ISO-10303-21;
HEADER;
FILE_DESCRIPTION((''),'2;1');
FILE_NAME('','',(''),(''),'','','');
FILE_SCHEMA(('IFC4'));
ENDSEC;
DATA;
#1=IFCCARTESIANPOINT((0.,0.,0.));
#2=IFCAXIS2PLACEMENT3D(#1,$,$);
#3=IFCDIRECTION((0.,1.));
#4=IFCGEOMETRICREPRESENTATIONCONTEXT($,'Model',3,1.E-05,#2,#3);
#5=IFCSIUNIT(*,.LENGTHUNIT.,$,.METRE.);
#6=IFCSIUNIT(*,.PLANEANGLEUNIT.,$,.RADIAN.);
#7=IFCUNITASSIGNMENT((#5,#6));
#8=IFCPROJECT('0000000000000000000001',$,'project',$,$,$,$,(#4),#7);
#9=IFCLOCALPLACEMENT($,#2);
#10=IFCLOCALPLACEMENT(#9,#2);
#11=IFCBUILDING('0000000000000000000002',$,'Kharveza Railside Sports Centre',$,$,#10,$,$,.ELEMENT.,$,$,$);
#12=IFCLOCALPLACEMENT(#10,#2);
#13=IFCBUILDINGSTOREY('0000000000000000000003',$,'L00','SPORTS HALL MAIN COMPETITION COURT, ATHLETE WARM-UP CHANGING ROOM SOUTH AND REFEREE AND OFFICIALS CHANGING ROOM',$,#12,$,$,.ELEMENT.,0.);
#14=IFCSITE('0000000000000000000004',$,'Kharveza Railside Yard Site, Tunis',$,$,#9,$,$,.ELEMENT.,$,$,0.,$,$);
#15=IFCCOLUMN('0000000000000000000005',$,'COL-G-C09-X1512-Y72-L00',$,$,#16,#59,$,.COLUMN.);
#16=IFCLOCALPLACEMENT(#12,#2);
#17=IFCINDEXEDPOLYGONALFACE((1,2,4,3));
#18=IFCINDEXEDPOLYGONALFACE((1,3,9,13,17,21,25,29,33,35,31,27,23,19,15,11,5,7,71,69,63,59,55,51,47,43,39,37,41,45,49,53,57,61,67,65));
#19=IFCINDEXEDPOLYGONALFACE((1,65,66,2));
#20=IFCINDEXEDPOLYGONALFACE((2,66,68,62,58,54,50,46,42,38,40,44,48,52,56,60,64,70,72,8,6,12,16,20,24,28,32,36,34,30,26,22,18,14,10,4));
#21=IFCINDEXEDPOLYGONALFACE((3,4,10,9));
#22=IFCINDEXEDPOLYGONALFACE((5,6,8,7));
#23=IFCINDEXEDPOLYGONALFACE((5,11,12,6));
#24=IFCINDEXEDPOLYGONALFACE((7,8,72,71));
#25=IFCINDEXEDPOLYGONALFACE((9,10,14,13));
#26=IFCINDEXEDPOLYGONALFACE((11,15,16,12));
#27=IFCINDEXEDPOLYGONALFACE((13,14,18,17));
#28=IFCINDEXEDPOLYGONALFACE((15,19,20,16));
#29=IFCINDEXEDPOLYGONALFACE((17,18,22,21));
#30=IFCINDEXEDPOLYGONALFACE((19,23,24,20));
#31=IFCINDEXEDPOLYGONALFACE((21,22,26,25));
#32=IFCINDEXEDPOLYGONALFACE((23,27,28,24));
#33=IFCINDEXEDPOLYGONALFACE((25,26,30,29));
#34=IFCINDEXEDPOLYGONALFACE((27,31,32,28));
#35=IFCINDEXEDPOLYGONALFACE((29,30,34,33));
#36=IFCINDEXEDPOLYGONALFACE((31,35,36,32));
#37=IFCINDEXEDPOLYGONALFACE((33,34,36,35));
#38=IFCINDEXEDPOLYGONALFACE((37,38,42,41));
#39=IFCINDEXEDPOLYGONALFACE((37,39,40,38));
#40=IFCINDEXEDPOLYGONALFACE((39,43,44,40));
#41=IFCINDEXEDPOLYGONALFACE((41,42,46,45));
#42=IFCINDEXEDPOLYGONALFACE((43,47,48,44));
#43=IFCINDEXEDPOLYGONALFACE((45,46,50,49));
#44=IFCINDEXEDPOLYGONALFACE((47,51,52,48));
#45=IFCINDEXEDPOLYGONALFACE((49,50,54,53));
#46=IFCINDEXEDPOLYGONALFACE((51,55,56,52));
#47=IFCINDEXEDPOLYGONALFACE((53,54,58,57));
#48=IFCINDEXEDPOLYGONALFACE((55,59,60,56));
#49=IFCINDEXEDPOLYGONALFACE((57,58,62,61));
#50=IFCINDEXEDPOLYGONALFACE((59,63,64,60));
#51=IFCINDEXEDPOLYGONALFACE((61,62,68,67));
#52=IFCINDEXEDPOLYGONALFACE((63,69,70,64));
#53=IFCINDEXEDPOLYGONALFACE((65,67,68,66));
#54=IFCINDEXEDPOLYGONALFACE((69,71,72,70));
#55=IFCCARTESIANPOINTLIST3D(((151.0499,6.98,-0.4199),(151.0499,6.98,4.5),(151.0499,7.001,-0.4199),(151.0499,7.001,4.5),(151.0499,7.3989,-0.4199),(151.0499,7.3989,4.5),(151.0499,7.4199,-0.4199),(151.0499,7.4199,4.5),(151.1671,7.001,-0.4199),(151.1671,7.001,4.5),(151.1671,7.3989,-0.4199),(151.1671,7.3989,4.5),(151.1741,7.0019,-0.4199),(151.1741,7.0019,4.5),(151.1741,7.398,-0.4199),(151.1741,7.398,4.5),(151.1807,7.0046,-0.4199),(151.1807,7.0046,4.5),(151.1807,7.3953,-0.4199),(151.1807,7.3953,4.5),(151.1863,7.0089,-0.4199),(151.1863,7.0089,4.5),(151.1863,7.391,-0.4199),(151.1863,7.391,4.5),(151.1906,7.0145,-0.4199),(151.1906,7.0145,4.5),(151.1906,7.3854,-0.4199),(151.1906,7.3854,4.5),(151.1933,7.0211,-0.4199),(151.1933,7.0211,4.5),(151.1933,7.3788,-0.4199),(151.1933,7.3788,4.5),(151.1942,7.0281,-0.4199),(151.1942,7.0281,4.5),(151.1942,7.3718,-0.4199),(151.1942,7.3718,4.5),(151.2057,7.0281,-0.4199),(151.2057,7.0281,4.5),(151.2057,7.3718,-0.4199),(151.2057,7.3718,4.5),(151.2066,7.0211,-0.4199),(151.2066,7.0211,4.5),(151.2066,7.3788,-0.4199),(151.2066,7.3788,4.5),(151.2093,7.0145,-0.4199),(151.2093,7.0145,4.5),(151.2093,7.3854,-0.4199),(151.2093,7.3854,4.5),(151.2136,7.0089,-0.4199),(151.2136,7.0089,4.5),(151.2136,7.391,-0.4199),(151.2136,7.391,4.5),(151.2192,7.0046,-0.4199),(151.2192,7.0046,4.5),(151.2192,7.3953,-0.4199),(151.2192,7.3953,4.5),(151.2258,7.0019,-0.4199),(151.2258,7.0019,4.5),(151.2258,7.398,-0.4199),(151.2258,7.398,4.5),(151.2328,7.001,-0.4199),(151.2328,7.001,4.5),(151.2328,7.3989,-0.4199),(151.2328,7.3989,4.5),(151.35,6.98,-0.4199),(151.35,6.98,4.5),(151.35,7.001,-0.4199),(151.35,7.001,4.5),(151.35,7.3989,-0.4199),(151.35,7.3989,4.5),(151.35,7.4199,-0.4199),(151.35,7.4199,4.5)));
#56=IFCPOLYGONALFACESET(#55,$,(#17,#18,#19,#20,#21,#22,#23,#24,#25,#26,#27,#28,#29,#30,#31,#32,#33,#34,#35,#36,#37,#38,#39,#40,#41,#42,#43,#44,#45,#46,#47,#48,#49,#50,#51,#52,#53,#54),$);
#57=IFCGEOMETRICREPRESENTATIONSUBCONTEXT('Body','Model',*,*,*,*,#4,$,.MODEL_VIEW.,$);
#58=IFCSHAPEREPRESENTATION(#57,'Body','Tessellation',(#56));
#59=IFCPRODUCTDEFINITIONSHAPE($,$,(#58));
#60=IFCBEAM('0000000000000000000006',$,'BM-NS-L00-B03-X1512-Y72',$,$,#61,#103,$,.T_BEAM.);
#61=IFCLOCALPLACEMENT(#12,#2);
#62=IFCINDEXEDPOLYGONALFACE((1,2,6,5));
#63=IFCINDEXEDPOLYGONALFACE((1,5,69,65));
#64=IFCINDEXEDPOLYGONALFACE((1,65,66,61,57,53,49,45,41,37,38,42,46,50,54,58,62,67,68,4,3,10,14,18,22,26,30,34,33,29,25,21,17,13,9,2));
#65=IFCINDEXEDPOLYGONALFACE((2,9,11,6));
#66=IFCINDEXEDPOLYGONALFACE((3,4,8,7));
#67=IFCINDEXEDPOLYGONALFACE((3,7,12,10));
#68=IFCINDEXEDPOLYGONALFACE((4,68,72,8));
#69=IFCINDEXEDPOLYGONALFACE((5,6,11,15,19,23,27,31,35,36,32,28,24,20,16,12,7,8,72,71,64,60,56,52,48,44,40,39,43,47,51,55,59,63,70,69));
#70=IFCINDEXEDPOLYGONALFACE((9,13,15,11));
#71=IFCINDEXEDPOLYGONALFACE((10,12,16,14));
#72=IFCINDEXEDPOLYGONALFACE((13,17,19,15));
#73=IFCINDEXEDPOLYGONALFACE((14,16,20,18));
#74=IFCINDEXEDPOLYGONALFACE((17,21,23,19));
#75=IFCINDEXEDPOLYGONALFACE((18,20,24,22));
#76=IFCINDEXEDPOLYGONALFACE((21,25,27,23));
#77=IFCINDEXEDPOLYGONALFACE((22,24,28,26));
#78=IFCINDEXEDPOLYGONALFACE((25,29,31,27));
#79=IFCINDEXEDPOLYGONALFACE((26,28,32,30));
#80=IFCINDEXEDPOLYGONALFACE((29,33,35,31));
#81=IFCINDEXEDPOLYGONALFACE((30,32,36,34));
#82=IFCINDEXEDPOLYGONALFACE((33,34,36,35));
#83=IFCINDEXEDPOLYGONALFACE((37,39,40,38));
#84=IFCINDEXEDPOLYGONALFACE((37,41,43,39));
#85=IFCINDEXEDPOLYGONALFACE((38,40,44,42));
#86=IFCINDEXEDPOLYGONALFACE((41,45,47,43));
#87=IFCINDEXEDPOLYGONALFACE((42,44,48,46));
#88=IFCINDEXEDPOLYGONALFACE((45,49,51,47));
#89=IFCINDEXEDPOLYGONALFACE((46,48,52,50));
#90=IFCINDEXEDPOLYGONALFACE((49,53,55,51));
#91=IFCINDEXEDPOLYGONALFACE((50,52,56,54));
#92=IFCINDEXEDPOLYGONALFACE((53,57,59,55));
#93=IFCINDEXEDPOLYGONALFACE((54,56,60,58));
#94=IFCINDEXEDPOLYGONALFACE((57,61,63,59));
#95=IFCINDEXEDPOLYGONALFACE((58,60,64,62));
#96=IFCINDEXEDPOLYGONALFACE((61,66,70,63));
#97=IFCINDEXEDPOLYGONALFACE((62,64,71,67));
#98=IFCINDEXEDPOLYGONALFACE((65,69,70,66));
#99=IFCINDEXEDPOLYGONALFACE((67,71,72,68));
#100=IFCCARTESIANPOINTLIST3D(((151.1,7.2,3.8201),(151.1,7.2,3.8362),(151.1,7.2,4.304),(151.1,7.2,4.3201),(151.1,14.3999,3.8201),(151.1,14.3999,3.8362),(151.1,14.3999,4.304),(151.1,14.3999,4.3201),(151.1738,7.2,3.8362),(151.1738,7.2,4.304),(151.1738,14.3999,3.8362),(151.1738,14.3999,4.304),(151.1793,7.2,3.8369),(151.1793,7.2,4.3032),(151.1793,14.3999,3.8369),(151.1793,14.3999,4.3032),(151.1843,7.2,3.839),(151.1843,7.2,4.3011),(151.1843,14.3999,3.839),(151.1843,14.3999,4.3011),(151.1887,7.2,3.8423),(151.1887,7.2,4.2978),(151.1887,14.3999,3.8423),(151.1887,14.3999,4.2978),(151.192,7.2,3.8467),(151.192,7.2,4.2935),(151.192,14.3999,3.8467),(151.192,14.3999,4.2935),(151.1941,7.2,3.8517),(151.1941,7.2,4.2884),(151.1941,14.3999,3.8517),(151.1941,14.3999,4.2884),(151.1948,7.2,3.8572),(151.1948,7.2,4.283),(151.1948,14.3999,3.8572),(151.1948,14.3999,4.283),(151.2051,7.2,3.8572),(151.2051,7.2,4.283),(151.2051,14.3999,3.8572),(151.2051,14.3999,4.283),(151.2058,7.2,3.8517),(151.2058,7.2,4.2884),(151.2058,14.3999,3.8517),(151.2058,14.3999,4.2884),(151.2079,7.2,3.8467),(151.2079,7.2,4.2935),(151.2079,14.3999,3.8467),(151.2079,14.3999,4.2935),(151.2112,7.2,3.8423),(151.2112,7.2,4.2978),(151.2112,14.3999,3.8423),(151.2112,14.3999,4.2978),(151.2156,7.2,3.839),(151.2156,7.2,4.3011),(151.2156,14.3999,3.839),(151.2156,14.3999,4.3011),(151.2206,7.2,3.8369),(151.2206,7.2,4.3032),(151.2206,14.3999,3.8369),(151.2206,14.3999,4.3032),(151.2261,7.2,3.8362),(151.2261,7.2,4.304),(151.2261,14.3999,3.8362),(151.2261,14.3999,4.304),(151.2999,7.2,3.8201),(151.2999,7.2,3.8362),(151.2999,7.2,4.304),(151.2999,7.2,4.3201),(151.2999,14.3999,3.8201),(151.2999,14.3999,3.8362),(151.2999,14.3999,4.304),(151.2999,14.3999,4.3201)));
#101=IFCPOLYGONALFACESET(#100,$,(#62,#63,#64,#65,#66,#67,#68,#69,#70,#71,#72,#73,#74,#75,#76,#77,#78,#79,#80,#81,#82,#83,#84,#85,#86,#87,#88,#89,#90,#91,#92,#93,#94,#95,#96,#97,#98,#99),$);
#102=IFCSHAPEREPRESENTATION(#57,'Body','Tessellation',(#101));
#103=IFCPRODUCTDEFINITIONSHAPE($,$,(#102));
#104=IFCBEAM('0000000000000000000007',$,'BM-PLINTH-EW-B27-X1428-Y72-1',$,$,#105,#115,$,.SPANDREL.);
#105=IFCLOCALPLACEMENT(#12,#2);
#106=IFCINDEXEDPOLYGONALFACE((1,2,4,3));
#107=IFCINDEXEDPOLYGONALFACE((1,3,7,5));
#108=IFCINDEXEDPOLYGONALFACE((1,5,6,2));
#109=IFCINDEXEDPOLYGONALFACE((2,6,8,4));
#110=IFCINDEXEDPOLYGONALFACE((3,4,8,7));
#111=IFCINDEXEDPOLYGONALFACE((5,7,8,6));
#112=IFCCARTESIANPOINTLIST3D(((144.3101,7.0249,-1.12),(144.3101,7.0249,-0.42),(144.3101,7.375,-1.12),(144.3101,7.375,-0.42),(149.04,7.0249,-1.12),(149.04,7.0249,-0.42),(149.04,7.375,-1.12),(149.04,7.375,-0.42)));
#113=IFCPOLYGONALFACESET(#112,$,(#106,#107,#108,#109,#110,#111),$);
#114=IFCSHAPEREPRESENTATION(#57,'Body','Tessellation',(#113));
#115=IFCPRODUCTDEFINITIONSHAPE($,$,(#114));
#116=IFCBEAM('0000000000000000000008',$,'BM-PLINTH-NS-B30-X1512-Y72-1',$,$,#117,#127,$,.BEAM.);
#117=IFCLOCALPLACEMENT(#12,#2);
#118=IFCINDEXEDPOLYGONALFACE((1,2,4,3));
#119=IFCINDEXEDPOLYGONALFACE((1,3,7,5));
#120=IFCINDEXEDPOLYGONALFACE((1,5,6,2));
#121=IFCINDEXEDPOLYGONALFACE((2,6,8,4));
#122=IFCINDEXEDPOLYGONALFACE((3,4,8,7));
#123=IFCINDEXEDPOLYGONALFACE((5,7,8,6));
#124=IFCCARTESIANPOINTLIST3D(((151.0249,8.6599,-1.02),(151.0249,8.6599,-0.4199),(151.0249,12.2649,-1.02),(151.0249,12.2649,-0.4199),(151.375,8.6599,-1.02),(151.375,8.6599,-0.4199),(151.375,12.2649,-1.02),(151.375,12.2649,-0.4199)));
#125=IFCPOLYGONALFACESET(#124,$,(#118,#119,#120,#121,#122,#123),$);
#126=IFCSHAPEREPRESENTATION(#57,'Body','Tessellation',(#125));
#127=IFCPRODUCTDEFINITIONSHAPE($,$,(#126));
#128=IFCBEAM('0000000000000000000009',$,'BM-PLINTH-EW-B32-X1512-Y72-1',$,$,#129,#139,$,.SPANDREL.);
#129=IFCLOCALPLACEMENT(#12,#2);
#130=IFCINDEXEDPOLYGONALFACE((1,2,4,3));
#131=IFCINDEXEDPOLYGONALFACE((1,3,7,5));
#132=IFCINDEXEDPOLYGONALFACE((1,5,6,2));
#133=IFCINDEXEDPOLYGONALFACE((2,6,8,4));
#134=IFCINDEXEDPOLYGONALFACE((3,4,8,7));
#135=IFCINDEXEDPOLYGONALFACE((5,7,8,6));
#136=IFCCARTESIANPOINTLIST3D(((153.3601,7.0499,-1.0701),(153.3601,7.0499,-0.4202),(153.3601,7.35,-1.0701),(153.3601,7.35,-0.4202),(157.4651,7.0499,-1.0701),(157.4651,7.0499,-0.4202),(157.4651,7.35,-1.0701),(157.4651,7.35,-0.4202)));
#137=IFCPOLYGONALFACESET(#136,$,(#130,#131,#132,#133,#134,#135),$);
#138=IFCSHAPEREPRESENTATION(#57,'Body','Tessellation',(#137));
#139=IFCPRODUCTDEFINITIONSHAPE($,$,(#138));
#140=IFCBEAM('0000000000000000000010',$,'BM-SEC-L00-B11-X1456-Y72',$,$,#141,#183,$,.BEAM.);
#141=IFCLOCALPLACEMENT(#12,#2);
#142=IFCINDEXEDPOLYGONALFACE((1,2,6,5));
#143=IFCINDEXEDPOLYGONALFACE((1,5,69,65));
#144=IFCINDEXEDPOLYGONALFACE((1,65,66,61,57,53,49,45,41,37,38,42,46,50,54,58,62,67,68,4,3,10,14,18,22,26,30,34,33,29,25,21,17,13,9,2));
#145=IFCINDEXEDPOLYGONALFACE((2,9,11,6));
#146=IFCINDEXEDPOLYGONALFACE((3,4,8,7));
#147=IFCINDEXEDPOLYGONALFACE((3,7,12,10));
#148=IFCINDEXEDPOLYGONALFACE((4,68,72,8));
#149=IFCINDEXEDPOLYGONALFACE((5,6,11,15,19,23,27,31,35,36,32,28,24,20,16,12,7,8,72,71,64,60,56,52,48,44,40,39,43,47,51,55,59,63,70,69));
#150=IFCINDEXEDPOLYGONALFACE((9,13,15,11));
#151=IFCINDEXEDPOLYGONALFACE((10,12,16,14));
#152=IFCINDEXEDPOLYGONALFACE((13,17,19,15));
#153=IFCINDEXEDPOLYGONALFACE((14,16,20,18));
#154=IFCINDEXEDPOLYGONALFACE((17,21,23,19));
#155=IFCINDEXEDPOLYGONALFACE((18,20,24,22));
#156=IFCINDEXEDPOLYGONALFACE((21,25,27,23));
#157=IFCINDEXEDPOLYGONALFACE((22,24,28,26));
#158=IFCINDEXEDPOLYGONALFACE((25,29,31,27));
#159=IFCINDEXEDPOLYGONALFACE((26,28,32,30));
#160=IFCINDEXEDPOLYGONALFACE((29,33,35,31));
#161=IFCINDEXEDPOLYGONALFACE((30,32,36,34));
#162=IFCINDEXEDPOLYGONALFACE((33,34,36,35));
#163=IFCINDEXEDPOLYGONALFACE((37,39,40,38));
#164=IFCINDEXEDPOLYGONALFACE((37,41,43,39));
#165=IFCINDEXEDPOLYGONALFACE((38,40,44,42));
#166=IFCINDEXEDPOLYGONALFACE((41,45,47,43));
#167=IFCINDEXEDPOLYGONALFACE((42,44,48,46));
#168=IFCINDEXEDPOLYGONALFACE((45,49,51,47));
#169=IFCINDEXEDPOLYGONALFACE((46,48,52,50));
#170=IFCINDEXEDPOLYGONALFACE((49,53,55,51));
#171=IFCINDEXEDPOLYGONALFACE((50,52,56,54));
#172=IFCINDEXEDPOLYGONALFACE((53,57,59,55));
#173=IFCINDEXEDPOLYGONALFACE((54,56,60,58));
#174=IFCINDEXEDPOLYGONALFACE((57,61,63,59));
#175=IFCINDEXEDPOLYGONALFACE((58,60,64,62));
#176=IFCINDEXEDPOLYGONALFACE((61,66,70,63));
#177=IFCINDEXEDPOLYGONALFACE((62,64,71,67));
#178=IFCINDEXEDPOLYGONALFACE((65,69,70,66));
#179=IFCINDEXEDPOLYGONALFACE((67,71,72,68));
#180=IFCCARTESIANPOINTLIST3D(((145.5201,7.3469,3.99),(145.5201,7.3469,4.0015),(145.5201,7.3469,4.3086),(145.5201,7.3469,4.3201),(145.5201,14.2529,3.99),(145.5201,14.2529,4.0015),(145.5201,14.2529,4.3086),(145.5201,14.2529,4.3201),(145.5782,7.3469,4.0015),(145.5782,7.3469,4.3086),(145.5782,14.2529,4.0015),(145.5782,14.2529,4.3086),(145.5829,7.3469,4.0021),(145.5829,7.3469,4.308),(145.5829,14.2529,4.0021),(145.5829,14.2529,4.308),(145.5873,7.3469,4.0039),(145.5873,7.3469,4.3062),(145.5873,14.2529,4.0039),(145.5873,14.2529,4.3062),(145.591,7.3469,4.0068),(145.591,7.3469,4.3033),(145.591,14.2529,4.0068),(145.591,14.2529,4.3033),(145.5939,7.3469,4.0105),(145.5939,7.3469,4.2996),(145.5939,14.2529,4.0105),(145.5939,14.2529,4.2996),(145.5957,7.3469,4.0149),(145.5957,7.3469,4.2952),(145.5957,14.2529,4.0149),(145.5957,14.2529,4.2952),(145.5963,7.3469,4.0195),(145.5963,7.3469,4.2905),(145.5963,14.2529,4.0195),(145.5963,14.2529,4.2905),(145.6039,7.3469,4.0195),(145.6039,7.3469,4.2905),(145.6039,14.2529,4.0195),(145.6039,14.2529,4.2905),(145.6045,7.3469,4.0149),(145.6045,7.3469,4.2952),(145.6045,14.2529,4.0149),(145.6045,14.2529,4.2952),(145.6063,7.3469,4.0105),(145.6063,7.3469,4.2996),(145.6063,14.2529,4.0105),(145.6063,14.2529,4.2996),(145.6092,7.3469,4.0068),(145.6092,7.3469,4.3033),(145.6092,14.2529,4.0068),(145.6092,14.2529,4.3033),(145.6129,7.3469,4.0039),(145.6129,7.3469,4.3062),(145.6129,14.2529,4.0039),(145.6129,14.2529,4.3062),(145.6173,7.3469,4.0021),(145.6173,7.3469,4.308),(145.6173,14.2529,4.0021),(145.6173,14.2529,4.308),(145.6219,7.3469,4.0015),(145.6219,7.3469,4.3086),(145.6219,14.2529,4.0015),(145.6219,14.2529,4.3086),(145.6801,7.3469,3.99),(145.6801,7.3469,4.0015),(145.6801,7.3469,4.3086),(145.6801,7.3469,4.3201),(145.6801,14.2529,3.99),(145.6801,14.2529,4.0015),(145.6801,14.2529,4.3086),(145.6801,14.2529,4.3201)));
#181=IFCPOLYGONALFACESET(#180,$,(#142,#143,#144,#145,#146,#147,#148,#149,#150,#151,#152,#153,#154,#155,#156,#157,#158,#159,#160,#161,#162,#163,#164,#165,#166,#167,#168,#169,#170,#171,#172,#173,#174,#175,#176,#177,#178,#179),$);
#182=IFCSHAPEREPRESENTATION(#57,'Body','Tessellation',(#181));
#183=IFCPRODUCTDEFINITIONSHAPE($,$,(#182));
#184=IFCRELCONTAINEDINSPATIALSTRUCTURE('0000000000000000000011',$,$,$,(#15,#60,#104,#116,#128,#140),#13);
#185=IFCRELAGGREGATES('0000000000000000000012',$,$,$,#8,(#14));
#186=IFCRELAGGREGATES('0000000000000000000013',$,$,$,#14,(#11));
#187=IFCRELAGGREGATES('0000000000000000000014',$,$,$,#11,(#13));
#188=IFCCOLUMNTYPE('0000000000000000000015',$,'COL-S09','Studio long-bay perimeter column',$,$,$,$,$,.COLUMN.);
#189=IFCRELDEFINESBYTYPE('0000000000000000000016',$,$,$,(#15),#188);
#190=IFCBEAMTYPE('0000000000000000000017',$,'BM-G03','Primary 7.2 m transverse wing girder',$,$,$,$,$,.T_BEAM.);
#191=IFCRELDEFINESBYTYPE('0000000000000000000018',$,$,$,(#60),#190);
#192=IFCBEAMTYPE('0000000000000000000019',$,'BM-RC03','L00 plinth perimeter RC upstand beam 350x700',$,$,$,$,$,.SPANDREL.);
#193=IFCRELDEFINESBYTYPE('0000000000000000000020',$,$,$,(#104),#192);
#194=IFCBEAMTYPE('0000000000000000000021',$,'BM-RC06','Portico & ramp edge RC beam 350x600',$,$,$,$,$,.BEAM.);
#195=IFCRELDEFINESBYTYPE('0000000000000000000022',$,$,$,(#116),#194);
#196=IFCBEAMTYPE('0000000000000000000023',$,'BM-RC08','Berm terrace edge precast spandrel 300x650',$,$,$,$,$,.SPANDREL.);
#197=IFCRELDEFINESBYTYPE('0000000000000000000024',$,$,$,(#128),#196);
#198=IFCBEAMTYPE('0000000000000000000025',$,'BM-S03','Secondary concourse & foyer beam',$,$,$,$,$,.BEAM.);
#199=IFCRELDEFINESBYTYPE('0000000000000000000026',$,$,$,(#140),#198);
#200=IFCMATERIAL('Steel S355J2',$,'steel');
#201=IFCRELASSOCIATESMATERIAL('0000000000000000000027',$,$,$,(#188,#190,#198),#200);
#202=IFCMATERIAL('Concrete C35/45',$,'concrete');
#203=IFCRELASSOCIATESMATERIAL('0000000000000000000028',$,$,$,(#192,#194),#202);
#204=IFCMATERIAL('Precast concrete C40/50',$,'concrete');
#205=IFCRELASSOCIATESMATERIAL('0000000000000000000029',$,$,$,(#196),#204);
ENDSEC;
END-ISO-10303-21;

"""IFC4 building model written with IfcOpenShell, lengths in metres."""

from ifc_helpers import new_model, si_unit, direction, frame, origin, origin_2d, place, context, subcontext, project, spatial, rectangle, i_section, extrude, material, material_profile, profile_set, type_object, element, save


model = new_model("IFC4")

# Units and contexts
model_context = context("Model", 3, precision=1e-05, world=origin(), true_north=direction((0.0, 1.0)))
body_context = subcontext(model_context, "Body", "Model", "MODEL_VIEW")
ifc_project = project(units=[si_unit("LENGTHUNIT", "METRE"), si_unit("PLANEANGLEUNIT", "RADIAN")], contexts=[model_context])

# Site, building, storey
site_placement = place(None, origin())
site = spatial("IfcSite", under=ifc_project, at=site_placement, Name="Kharveza Railside Yard Site, Tunis", CompositionType="ELEMENT", RefElevation=0.0)
building_placement = place(site_placement, origin())
building = spatial("IfcBuilding", under=site, at=building_placement, Name="Kharveza Railside Sports Centre", CompositionType="ELEMENT")
storey_placement = place(building_placement, origin())
storey = spatial("IfcBuildingStorey", under=building, at=storey_placement, Name="L00", Description="SPORTS HALL MAIN COMPETITION COURT, ATHLETE WARM-UP CHANGING ROOM SOUTH AND REFEREE AND OFFICIALS CHANGING ROOM", CompositionType="ELEMENT", Elevation=0.0)

# Shared definitions
ifc_material_1 = material(Name="Concrete C35/45", Category="concrete")

# Column
ifc_material_2 = material(Name="Steel S355J2", Category="steel")
ifc_material_profile_1 = material_profile(ifc_material_2, i_section(OverallWidth=0.3, OverallDepth=0.4399, WebThickness=0.0115, FlangeThickness=0.021, FilletRadius=0.0271, at=origin_2d()), Name="HEA 450")
ifc_profile_set_1 = profile_set([ifc_material_profile_1], Name="Steel S355J2")
column_type = type_object("IfcColumnType", Name="COL-S09", Description="Studio long-bay perimeter column", PredefinedType="COLUMN", material=ifc_profile_set_1)
column_placement = place(storey_placement, frame((151.2, 7.2, -0.4199), z_axis=(0.0, 0.0, 1.0), x_axis=(1.0, 0.0, 0.0)))
element("IfcColumn", 1, at=column_placement, inside=storey, type_object=column_type, Name="COL-G-C09-X1512-Y72-L00", PredefinedType="COLUMN", context=body_context, shape_type="SweptSolid", body=[
    extrude(i_section(OverallWidth=0.3, OverallDepth=0.4399, WebThickness=0.0115, FlangeThickness=0.021, FilletRadius=0.0271, at=origin_2d()), origin(), (0.0, 0.0, 1.0), 4.9199),
])

# Beams
ifc_material_profile_2 = material_profile(ifc_material_2, i_section(OverallWidth=0.2, OverallDepth=0.5, WebThickness=0.0103, FlangeThickness=0.0161, FilletRadius=0.021, at=origin_2d()), Name="IPE 500")
ifc_profile_set_2 = profile_set([ifc_material_profile_2], Name="Steel S355J2")
beam_type_1 = type_object("IfcBeamType", Name="BM-G03", Description="Primary 7.2 m transverse wing girder", PredefinedType="T_BEAM", material=ifc_profile_set_2)
beam_1_placement = place(storey_placement, frame((151.2, 7.2, 4.0701), z_axis=(0.0, 1.0, 0.0), x_axis=(-1.0, 0.0, 0.0)))
element("IfcBeam", 2, at=beam_1_placement, inside=storey, type_object=beam_type_1, Name="BM-NS-L00-B03-X1512-Y72", PredefinedType="T_BEAM", context=body_context, shape_type="SweptSolid", body=[
    extrude(i_section(OverallWidth=0.2, OverallDepth=0.5, WebThickness=0.0103, FlangeThickness=0.0161, FilletRadius=0.021, at=origin_2d()), origin(), (0.0, 0.0, 1.0), 7.2),
])
ifc_material_profile_3 = material_profile(ifc_material_1, rectangle(XDim=0.3501, YDim=0.7, at=origin_2d()), Name="RCB 350x700")
ifc_profile_set_3 = profile_set([ifc_material_profile_3], Name="Concrete C35/45")
beam_type_2 = type_object("IfcBeamType", Name="BM-RC03", Description="L00 plinth perimeter RC upstand beam 350x700", PredefinedType="SPANDREL", material=ifc_profile_set_3)
beam_2_placement = place(storey_placement, frame((144.3101, 7.2, -0.77), z_axis=(1.0, 0.0, 0.0), x_axis=(0.0, 1.0, 0.0)))
element("IfcBeam", 3, at=beam_2_placement, inside=storey, type_object=beam_type_2, Name="BM-PLINTH-EW-B27-X1428-Y72-1", PredefinedType="SPANDREL", context=body_context, shape_type="SweptSolid", body=[
    extrude(rectangle(XDim=0.3501, YDim=0.7, at=origin_2d()), origin(), (0.0, 0.0, 1.0), 4.73),
])
ifc_material_profile_4 = material_profile(ifc_material_1, rectangle(XDim=0.3501, YDim=0.6001, at=origin_2d()), Name="RCB 350x600")
ifc_profile_set_4 = profile_set([ifc_material_profile_4], Name="Concrete C35/45")
beam_type_3 = type_object("IfcBeamType", Name="BM-RC06", Description="Portico & ramp edge RC beam 350x600", PredefinedType="BEAM", material=ifc_profile_set_4)
beam_3_placement = place(storey_placement, frame((151.2, 8.6599, -0.72), z_axis=(0.0, 1.0, 0.0), x_axis=(-1.0, 0.0, 0.0)))
element("IfcBeam", 4, at=beam_3_placement, inside=storey, type_object=beam_type_3, Name="BM-PLINTH-NS-B30-X1512-Y72-1", PredefinedType="BEAM", context=body_context, shape_type="SweptSolid", body=[
    extrude(rectangle(XDim=0.3501, YDim=0.6001, at=origin_2d()), origin(), (0.0, 0.0, 1.0), 3.605),
])
ifc_material_3 = material(Name="Precast concrete C40/50", Category="concrete")
ifc_material_profile_5 = material_profile(ifc_material_3, rectangle(XDim=0.3, YDim=0.6499, at=origin_2d()), Name="RCB 300x650")
ifc_profile_set_5 = profile_set([ifc_material_profile_5], Name="Precast concrete C40/50")
beam_type_4 = type_object("IfcBeamType", Name="BM-RC08", Description="Berm terrace edge precast spandrel 300x650", PredefinedType="SPANDREL", material=ifc_profile_set_5)
beam_4_placement = place(storey_placement, frame((153.3601, 7.2, -0.7451), z_axis=(1.0, 0.0, 0.0), x_axis=(0.0, 1.0, 0.0)))
element("IfcBeam", 5, at=beam_4_placement, inside=storey, type_object=beam_type_4, Name="BM-PLINTH-EW-B32-X1512-Y72-1", PredefinedType="SPANDREL", context=body_context, shape_type="SweptSolid", body=[
    extrude(rectangle(XDim=0.3, YDim=0.6499, at=origin_2d()), origin(), (0.0, 0.0, 1.0), 4.105),
])
ifc_material_profile_6 = material_profile(ifc_material_2, i_section(OverallWidth=0.1599, OverallDepth=0.3301, WebThickness=0.0076, FlangeThickness=0.0115, FilletRadius=0.0181, at=origin_2d()), Name="IPE 330")
ifc_profile_set_6 = profile_set([ifc_material_profile_6], Name="Steel S355J2")
beam_type_5 = type_object("IfcBeamType", Name="BM-S03", Description="Secondary concourse & foyer beam", PredefinedType="BEAM", material=ifc_profile_set_6)
beam_5_placement = place(storey_placement, frame((145.6001, 7.3469, 4.155), z_axis=(0.0, 1.0, 0.0), x_axis=(-1.0, 0.0, 0.0)))
element("IfcBeam", 6, at=beam_5_placement, inside=storey, type_object=beam_type_5, Name="BM-SEC-L00-B11-X1456-Y72", PredefinedType="BEAM", context=body_context, shape_type="SweptSolid", body=[
    extrude(i_section(OverallWidth=0.1599, OverallDepth=0.3301, WebThickness=0.0076, FlangeThickness=0.0115, FilletRadius=0.0181, at=origin_2d()), origin(), (0.0, 0.0, 1.0), 6.906),
])

save(model, "model.ifc")
